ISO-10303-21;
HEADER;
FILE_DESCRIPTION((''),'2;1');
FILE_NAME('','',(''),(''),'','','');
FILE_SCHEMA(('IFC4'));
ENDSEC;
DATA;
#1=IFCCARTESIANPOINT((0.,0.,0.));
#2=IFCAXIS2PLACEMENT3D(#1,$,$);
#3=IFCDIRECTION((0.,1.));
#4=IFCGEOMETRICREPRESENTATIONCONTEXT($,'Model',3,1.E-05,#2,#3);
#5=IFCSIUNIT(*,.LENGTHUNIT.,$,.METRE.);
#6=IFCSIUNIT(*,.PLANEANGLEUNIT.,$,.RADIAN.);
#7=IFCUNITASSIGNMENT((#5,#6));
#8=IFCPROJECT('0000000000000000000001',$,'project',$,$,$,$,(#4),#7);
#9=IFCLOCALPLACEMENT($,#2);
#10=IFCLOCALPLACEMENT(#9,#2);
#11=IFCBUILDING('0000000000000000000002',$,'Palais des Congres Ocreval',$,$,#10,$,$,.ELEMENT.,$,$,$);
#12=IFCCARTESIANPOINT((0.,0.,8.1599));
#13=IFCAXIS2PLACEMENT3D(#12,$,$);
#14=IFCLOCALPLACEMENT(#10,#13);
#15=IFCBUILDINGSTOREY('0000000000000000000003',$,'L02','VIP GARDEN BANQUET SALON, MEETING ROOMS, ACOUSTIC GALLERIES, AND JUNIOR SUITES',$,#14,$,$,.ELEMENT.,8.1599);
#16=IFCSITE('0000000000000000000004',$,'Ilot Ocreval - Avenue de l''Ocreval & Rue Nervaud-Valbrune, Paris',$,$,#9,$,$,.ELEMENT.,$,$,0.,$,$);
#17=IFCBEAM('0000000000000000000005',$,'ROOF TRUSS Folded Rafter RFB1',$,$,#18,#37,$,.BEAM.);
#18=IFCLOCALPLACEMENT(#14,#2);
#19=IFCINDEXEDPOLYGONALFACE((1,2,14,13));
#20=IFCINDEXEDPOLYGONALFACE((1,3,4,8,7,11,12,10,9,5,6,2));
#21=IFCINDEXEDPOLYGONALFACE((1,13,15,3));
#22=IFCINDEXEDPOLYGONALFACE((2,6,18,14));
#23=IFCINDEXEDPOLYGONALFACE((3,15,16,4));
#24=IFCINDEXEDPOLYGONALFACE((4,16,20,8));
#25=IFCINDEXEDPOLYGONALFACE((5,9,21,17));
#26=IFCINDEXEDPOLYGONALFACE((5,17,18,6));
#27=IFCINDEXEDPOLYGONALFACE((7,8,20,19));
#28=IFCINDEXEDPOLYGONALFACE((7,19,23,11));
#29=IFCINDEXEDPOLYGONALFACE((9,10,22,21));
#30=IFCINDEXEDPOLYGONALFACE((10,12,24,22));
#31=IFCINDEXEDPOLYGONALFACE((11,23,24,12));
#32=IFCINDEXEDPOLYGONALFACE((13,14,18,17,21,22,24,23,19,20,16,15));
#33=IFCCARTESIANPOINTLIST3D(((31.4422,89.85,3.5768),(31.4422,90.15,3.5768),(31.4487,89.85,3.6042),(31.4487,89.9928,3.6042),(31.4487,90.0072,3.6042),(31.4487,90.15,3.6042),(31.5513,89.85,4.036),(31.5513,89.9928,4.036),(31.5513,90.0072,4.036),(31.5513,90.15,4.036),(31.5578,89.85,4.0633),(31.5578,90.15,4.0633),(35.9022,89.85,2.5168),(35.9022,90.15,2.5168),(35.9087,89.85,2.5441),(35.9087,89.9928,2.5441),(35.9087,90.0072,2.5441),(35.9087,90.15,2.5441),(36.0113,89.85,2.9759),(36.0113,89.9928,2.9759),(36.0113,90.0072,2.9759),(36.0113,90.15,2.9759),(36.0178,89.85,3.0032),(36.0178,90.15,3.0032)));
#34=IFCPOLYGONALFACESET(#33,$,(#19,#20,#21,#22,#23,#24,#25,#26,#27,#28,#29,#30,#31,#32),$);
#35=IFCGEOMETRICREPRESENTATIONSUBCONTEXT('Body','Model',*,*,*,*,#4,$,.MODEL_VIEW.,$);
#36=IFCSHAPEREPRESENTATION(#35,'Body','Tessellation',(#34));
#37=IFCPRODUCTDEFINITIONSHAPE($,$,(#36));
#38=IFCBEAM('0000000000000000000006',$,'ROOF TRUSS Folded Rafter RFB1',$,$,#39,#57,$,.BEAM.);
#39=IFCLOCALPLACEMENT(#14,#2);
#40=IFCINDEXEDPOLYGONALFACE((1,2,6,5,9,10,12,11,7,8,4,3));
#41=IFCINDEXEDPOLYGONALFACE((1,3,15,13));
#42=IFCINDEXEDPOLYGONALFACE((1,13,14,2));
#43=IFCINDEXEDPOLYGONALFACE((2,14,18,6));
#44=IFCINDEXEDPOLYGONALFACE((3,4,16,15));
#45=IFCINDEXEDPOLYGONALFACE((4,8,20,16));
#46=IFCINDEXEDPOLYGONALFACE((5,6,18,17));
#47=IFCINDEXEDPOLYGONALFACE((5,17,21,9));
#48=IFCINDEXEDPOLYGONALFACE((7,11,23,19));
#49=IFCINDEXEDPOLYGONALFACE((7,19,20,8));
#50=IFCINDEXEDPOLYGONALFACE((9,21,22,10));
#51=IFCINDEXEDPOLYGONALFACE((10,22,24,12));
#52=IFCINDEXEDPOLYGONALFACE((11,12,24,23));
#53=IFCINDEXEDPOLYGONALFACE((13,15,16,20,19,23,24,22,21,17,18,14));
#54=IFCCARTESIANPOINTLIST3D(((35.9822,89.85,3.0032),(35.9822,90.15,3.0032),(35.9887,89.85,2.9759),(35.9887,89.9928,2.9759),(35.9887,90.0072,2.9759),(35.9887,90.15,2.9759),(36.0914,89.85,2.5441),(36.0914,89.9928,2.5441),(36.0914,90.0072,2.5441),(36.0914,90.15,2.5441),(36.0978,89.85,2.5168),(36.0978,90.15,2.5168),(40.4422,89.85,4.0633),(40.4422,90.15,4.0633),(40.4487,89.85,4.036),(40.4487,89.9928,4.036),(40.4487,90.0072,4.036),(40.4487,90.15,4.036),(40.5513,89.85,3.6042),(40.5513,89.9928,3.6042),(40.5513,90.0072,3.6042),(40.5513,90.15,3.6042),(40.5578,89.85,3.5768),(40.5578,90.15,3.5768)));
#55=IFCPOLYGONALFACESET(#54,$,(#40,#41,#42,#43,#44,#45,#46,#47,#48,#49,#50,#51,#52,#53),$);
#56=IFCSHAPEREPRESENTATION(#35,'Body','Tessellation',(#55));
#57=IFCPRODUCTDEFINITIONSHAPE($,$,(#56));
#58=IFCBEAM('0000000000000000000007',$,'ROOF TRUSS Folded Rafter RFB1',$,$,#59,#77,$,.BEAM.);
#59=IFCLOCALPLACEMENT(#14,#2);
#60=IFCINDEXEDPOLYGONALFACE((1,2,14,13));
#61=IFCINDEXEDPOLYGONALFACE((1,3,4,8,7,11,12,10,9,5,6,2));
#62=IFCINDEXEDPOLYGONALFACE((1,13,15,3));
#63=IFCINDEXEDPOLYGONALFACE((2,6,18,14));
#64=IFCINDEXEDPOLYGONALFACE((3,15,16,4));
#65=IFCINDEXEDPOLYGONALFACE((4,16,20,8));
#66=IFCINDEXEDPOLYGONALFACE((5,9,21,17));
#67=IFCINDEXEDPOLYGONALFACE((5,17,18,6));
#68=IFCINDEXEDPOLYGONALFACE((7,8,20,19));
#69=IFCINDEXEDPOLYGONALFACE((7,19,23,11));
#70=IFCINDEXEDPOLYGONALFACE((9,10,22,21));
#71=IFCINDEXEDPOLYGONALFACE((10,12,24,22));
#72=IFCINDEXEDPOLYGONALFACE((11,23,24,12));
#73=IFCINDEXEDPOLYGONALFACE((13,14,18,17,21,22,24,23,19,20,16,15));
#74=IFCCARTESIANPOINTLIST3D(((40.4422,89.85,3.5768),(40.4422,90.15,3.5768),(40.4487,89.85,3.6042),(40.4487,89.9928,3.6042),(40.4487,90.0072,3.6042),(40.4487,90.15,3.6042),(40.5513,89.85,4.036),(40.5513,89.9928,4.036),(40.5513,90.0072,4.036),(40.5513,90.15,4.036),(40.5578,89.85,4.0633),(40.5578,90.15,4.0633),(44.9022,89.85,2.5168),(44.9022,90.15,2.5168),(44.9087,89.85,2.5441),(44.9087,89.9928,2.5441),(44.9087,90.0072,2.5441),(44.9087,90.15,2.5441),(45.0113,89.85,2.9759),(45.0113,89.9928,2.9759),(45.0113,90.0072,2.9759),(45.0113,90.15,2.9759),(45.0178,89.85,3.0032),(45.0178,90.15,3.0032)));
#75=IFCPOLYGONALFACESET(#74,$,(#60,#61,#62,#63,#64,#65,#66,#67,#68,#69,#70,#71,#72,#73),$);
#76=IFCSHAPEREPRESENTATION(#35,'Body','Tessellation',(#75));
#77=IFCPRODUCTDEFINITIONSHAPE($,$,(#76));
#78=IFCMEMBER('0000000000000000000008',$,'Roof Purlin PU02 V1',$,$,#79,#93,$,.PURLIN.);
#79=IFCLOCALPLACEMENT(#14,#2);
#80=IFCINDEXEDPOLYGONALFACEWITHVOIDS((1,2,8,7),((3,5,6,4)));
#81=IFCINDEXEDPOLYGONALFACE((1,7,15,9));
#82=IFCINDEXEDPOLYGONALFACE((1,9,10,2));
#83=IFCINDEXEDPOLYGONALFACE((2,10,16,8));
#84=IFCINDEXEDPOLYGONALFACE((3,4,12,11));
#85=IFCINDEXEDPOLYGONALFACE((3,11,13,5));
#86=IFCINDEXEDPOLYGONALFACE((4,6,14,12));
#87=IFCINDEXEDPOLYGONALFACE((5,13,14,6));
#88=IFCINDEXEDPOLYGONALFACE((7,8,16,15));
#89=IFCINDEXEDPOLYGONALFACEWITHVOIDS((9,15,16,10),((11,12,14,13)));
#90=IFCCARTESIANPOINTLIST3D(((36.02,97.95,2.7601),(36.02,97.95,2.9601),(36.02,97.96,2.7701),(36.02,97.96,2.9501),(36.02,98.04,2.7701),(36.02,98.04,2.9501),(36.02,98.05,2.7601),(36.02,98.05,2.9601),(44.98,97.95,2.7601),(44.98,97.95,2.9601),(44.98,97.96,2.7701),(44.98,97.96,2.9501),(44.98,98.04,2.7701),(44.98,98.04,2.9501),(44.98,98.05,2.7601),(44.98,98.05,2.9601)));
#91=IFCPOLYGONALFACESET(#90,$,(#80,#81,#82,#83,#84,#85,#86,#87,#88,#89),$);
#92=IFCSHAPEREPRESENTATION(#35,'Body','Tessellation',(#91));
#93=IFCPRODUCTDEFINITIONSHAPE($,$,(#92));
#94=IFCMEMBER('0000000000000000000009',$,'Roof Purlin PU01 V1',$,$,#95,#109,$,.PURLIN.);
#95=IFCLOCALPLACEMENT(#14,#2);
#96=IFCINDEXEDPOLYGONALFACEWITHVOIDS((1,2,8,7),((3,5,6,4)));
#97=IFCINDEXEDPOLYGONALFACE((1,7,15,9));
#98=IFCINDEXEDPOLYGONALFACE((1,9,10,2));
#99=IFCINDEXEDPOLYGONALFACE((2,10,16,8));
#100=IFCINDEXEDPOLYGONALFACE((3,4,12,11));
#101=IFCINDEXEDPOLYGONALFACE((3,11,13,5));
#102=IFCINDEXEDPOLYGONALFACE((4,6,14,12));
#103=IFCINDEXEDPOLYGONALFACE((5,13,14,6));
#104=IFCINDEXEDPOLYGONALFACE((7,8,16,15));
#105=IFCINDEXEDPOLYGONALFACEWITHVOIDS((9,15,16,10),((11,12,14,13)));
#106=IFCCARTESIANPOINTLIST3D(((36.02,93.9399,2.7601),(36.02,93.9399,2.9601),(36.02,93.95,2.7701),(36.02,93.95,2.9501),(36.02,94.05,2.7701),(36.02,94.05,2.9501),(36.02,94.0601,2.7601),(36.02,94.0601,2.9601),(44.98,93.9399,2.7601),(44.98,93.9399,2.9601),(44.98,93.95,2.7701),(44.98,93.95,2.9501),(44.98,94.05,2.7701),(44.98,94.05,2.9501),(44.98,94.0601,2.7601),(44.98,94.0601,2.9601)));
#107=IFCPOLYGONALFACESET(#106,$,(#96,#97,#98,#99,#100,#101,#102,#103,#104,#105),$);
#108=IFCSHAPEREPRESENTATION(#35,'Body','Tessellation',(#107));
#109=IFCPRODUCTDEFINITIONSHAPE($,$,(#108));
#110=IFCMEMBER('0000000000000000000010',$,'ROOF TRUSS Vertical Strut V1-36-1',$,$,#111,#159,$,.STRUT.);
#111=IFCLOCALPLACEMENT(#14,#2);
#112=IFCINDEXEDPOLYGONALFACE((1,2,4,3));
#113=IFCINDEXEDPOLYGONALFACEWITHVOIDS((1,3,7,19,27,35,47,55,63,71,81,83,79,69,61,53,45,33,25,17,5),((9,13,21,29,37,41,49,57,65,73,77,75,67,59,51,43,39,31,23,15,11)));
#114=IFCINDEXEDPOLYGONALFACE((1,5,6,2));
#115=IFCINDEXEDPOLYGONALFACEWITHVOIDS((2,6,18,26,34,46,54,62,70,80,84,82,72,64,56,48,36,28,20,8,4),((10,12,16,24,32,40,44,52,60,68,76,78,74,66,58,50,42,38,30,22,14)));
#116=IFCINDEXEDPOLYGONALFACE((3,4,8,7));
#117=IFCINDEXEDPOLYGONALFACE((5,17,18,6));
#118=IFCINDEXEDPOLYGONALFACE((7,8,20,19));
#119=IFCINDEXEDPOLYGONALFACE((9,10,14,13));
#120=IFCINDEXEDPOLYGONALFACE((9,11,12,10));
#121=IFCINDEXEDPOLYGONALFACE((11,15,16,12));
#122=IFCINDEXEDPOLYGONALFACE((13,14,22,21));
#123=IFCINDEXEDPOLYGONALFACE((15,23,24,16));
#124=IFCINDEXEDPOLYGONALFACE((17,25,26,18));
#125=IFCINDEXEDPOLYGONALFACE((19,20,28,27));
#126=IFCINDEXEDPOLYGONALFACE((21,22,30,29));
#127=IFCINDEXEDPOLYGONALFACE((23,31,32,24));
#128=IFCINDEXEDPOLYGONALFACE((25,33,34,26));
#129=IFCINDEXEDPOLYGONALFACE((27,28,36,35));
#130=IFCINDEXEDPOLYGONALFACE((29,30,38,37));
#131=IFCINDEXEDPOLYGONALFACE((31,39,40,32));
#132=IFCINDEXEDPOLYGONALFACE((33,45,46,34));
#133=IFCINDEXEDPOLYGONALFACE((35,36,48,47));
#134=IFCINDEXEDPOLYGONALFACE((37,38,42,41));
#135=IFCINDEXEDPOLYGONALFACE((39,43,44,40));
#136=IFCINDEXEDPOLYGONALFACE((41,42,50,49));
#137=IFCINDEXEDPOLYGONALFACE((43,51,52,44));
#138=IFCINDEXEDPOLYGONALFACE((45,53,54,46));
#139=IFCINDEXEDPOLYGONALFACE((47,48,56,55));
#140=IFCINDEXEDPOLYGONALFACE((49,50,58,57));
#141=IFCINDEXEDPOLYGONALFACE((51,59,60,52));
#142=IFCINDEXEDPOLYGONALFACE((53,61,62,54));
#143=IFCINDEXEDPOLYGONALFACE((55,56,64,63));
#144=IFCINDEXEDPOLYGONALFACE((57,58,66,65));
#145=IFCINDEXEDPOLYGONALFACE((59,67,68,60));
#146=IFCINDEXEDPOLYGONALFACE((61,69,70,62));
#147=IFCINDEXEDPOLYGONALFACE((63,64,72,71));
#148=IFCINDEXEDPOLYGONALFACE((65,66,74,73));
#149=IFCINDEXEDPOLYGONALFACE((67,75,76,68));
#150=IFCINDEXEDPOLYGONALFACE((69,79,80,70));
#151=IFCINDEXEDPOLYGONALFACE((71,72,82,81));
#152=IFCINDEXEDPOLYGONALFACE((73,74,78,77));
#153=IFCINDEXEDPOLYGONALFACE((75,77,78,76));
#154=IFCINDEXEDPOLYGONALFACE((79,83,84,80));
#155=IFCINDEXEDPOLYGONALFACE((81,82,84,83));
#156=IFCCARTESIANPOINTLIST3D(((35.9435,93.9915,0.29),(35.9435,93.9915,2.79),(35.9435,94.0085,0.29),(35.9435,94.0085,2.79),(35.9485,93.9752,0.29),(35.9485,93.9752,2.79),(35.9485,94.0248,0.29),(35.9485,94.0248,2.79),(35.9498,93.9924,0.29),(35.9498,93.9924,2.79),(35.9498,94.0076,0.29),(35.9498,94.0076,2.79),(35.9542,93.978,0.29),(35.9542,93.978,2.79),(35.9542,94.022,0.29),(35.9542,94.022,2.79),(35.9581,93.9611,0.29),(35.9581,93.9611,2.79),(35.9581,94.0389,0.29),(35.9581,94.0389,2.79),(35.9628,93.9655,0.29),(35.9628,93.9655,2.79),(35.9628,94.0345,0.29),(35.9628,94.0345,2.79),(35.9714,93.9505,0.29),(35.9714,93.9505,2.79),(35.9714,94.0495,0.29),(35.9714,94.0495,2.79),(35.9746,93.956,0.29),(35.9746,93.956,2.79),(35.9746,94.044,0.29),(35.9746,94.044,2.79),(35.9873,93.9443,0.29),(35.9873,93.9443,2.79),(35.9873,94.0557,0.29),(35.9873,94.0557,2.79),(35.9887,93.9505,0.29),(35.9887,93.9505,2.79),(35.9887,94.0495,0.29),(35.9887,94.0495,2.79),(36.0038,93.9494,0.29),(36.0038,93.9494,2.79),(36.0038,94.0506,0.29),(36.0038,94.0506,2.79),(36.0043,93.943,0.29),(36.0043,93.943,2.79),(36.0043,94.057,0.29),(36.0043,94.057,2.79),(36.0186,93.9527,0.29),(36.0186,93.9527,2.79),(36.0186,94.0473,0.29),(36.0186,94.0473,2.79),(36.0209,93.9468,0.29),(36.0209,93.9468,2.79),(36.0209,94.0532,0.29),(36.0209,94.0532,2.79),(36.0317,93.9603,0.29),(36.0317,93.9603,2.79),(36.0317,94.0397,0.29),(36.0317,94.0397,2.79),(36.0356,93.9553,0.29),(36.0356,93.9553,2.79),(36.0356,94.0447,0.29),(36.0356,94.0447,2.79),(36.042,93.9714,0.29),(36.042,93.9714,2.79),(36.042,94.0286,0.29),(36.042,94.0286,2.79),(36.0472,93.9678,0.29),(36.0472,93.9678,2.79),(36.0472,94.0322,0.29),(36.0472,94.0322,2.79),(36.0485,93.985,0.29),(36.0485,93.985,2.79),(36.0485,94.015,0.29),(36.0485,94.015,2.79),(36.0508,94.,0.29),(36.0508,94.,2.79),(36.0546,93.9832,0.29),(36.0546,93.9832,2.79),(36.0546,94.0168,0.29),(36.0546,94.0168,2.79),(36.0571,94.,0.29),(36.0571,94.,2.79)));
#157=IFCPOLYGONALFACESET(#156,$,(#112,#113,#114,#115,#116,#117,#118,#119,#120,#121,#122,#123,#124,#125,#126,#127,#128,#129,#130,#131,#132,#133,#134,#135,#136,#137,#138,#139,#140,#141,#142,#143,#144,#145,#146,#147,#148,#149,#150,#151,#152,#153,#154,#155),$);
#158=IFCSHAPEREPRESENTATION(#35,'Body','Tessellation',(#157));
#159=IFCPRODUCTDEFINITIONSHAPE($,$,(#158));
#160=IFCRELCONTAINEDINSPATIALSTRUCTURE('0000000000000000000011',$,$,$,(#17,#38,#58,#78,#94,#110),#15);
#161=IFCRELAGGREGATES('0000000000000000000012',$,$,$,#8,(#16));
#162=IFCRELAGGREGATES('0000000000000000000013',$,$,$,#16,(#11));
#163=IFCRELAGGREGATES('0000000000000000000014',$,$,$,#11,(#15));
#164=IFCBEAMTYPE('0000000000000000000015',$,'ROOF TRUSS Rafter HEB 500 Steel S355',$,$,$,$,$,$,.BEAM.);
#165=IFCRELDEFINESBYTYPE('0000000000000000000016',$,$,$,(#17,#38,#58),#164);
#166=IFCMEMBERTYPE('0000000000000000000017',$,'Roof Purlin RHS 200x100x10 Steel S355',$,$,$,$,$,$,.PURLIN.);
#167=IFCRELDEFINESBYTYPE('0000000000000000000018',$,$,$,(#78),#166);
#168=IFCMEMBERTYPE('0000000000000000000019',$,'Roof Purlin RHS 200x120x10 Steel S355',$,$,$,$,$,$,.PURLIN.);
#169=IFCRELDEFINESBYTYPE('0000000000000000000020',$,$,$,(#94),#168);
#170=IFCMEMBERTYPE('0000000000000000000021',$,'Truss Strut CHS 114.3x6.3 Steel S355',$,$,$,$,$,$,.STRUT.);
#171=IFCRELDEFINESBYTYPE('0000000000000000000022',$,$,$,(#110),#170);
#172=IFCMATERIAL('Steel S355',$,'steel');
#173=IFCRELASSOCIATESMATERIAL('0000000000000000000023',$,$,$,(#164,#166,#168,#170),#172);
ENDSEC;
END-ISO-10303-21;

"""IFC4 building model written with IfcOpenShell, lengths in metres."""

from ifc_helpers import new_model, si_unit, direction, frame, origin, origin_2d, place, context, subcontext, project, spatial, hollow_rectangle, hollow_circle, i_section, extrude, material, material_profile, profile_set, type_object, element, save


model = new_model("IFC4")

# Units and contexts
model_context = context("Model", 3, precision=1e-05, world=origin(), true_north=direction((0.0, 1.0)))
body_context = subcontext(model_context, "Body", "Model", "MODEL_VIEW")
ifc_project = project(units=[si_unit("LENGTHUNIT", "METRE"), si_unit("PLANEANGLEUNIT", "RADIAN")], contexts=[model_context])

# Site, building, storey
site_placement = place(None, origin())
site = spatial("IfcSite", under=ifc_project, at=site_placement, Name="Ilot Ocreval - Avenue de l'Ocreval & Rue Nervaud-Valbrune, Paris", CompositionType="ELEMENT", RefElevation=0.0)
building_placement = place(site_placement, origin())
building = spatial("IfcBuilding", under=site, at=building_placement, Name="Palais des Congres Ocreval", CompositionType="ELEMENT")
storey_placement = place(building_placement, frame((0.0, 0.0, 8.1599)))
storey = spatial("IfcBuildingStorey", under=building, at=storey_placement, Name="L02", Description="VIP GARDEN BANQUET SALON, MEETING ROOMS, ACOUSTIC GALLERIES, AND JUNIOR SUITES", CompositionType="ELEMENT", Elevation=8.1599)

# Shared definitions
ifc_material_1 = material(Name="Steel S355", Category="steel")

# Beams
ifc_material_profile_1 = material_profile(ifc_material_1, i_section(OverallWidth=0.3, OverallDepth=0.5, WebThickness=0.0144, FlangeThickness=0.0281, at=origin_2d()), Name="HEB 500")
ifc_profile_set_1 = profile_set([ifc_material_profile_1], Name="Steel S355")
beam_type_1 = type_object("IfcBeamType", Name="ROOF TRUSS Rafter HEB 500 Steel S355", PredefinedType="BEAM", material=ifc_profile_set_1)
for number, where, z_axis, x_axis, name in (
    (1, (31.5, 90.0, 3.8201), (0.972896, 0.0, -0.231241), (0.0, 1.0, 0.0), "ROOF TRUSS Folded Rafter RFB1"),
    (2, (36.04, 90.0, 2.76), (0.972896, 0.0, 0.231241), (0.0, 1.0, 0.0), "ROOF TRUSS Folded Rafter RFB1"),
    (3, (40.5, 90.0, 3.8201), (0.972896, 0.0, -0.231241), (0.0, 1.0, 0.0), "ROOF TRUSS Folded Rafter RFB1"),
):
    element("IfcBeam", number, at=place(storey_placement, frame(where, z_axis=z_axis, x_axis=x_axis)), inside=storey, type_object=beam_type_1, Name=name, PredefinedType="BEAM", context=body_context, shape_type="SweptSolid", body=[
        extrude(i_section(OverallWidth=0.3, OverallDepth=0.5, WebThickness=0.0144, FlangeThickness=0.0281, at=origin_2d()), origin(), (0.0, 0.0, 1.0), 4.5842),
    ])

# Members
ifc_material_profile_2 = material_profile(ifc_material_1, hollow_rectangle(XDim=0.1001, YDim=0.2, WallThickness=0.01, at=origin_2d()), Name="RHS 200x100x10")
ifc_profile_set_2 = profile_set([ifc_material_profile_2], Name="Steel S355")
member_type_1 = type_object("IfcMemberType", Name="Roof Purlin RHS 200x100x10 Steel S355", PredefinedType="PURLIN", material=ifc_profile_set_2)
member_1_placement = place(storey_placement, frame((36.02, 98.0, 2.8601), z_axis=(1.0, 0.0, 0.0), x_axis=(0.0, 1.0, 0.0)))
element("IfcMember", 4, at=member_1_placement, inside=storey, type_object=member_type_1, Name="Roof Purlin PU02 V1", PredefinedType="PURLIN", context=body_context, shape_type="SweptSolid", body=[
    extrude(hollow_rectangle(XDim=0.1001, YDim=0.2, WallThickness=0.01, at=origin_2d()), origin(), (0.0, 0.0, 1.0), 8.96),
])
ifc_material_profile_3 = material_profile(ifc_material_1, hollow_rectangle(XDim=0.1201, YDim=0.2, WallThickness=0.01, at=origin_2d()), Name="RHS 200x120x10")
ifc_profile_set_3 = profile_set([ifc_material_profile_3], Name="Steel S355")
member_type_2 = type_object("IfcMemberType", Name="Roof Purlin RHS 200x120x10 Steel S355", PredefinedType="PURLIN", material=ifc_profile_set_3)
member_2_placement = place(storey_placement, frame((36.02, 94.0, 2.8601), z_axis=(1.0, 0.0, 0.0), x_axis=(0.0, 1.0, 0.0)))
element("IfcMember", 5, at=member_2_placement, inside=storey, type_object=member_type_2, Name="Roof Purlin PU01 V1", PredefinedType="PURLIN", context=body_context, shape_type="SweptSolid", body=[
    extrude(hollow_rectangle(XDim=0.1201, YDim=0.2, WallThickness=0.01, at=origin_2d()), origin(), (0.0, 0.0, 1.0), 8.96),
])
ifc_material_profile_4 = material_profile(ifc_material_1, hollow_circle(Radius=0.0571, WallThickness=0.0063, at=origin_2d()), Name="CHS 114.3x6.3")
ifc_profile_set_4 = profile_set([ifc_material_profile_4], Name="Steel S355")
member_type_3 = type_object("IfcMemberType", Name="Truss Strut CHS 114.3x6.3 Steel S355", PredefinedType="STRUT", material=ifc_profile_set_4)
for number, where, z_axis, x_axis, name in (
    (6, (36.0, 94.0, 0.29), (0.0, 0.0, 1.0), (1.0, 0.0, 0.0), "ROOF TRUSS Vertical Strut V1-36-1"),
):
    element("IfcMember", number, at=place(storey_placement, frame(where, z_axis=z_axis, x_axis=x_axis)), inside=storey, type_object=member_type_3, Name=name, PredefinedType="STRUT", context=body_context, shape_type="SweptSolid", body=[
        extrude(hollow_circle(Radius=0.0571, WallThickness=0.0063, at=origin_2d()), origin(), (0.0, 0.0, 1.0), 2.5),
    ])

save(model, "model.ifc")
